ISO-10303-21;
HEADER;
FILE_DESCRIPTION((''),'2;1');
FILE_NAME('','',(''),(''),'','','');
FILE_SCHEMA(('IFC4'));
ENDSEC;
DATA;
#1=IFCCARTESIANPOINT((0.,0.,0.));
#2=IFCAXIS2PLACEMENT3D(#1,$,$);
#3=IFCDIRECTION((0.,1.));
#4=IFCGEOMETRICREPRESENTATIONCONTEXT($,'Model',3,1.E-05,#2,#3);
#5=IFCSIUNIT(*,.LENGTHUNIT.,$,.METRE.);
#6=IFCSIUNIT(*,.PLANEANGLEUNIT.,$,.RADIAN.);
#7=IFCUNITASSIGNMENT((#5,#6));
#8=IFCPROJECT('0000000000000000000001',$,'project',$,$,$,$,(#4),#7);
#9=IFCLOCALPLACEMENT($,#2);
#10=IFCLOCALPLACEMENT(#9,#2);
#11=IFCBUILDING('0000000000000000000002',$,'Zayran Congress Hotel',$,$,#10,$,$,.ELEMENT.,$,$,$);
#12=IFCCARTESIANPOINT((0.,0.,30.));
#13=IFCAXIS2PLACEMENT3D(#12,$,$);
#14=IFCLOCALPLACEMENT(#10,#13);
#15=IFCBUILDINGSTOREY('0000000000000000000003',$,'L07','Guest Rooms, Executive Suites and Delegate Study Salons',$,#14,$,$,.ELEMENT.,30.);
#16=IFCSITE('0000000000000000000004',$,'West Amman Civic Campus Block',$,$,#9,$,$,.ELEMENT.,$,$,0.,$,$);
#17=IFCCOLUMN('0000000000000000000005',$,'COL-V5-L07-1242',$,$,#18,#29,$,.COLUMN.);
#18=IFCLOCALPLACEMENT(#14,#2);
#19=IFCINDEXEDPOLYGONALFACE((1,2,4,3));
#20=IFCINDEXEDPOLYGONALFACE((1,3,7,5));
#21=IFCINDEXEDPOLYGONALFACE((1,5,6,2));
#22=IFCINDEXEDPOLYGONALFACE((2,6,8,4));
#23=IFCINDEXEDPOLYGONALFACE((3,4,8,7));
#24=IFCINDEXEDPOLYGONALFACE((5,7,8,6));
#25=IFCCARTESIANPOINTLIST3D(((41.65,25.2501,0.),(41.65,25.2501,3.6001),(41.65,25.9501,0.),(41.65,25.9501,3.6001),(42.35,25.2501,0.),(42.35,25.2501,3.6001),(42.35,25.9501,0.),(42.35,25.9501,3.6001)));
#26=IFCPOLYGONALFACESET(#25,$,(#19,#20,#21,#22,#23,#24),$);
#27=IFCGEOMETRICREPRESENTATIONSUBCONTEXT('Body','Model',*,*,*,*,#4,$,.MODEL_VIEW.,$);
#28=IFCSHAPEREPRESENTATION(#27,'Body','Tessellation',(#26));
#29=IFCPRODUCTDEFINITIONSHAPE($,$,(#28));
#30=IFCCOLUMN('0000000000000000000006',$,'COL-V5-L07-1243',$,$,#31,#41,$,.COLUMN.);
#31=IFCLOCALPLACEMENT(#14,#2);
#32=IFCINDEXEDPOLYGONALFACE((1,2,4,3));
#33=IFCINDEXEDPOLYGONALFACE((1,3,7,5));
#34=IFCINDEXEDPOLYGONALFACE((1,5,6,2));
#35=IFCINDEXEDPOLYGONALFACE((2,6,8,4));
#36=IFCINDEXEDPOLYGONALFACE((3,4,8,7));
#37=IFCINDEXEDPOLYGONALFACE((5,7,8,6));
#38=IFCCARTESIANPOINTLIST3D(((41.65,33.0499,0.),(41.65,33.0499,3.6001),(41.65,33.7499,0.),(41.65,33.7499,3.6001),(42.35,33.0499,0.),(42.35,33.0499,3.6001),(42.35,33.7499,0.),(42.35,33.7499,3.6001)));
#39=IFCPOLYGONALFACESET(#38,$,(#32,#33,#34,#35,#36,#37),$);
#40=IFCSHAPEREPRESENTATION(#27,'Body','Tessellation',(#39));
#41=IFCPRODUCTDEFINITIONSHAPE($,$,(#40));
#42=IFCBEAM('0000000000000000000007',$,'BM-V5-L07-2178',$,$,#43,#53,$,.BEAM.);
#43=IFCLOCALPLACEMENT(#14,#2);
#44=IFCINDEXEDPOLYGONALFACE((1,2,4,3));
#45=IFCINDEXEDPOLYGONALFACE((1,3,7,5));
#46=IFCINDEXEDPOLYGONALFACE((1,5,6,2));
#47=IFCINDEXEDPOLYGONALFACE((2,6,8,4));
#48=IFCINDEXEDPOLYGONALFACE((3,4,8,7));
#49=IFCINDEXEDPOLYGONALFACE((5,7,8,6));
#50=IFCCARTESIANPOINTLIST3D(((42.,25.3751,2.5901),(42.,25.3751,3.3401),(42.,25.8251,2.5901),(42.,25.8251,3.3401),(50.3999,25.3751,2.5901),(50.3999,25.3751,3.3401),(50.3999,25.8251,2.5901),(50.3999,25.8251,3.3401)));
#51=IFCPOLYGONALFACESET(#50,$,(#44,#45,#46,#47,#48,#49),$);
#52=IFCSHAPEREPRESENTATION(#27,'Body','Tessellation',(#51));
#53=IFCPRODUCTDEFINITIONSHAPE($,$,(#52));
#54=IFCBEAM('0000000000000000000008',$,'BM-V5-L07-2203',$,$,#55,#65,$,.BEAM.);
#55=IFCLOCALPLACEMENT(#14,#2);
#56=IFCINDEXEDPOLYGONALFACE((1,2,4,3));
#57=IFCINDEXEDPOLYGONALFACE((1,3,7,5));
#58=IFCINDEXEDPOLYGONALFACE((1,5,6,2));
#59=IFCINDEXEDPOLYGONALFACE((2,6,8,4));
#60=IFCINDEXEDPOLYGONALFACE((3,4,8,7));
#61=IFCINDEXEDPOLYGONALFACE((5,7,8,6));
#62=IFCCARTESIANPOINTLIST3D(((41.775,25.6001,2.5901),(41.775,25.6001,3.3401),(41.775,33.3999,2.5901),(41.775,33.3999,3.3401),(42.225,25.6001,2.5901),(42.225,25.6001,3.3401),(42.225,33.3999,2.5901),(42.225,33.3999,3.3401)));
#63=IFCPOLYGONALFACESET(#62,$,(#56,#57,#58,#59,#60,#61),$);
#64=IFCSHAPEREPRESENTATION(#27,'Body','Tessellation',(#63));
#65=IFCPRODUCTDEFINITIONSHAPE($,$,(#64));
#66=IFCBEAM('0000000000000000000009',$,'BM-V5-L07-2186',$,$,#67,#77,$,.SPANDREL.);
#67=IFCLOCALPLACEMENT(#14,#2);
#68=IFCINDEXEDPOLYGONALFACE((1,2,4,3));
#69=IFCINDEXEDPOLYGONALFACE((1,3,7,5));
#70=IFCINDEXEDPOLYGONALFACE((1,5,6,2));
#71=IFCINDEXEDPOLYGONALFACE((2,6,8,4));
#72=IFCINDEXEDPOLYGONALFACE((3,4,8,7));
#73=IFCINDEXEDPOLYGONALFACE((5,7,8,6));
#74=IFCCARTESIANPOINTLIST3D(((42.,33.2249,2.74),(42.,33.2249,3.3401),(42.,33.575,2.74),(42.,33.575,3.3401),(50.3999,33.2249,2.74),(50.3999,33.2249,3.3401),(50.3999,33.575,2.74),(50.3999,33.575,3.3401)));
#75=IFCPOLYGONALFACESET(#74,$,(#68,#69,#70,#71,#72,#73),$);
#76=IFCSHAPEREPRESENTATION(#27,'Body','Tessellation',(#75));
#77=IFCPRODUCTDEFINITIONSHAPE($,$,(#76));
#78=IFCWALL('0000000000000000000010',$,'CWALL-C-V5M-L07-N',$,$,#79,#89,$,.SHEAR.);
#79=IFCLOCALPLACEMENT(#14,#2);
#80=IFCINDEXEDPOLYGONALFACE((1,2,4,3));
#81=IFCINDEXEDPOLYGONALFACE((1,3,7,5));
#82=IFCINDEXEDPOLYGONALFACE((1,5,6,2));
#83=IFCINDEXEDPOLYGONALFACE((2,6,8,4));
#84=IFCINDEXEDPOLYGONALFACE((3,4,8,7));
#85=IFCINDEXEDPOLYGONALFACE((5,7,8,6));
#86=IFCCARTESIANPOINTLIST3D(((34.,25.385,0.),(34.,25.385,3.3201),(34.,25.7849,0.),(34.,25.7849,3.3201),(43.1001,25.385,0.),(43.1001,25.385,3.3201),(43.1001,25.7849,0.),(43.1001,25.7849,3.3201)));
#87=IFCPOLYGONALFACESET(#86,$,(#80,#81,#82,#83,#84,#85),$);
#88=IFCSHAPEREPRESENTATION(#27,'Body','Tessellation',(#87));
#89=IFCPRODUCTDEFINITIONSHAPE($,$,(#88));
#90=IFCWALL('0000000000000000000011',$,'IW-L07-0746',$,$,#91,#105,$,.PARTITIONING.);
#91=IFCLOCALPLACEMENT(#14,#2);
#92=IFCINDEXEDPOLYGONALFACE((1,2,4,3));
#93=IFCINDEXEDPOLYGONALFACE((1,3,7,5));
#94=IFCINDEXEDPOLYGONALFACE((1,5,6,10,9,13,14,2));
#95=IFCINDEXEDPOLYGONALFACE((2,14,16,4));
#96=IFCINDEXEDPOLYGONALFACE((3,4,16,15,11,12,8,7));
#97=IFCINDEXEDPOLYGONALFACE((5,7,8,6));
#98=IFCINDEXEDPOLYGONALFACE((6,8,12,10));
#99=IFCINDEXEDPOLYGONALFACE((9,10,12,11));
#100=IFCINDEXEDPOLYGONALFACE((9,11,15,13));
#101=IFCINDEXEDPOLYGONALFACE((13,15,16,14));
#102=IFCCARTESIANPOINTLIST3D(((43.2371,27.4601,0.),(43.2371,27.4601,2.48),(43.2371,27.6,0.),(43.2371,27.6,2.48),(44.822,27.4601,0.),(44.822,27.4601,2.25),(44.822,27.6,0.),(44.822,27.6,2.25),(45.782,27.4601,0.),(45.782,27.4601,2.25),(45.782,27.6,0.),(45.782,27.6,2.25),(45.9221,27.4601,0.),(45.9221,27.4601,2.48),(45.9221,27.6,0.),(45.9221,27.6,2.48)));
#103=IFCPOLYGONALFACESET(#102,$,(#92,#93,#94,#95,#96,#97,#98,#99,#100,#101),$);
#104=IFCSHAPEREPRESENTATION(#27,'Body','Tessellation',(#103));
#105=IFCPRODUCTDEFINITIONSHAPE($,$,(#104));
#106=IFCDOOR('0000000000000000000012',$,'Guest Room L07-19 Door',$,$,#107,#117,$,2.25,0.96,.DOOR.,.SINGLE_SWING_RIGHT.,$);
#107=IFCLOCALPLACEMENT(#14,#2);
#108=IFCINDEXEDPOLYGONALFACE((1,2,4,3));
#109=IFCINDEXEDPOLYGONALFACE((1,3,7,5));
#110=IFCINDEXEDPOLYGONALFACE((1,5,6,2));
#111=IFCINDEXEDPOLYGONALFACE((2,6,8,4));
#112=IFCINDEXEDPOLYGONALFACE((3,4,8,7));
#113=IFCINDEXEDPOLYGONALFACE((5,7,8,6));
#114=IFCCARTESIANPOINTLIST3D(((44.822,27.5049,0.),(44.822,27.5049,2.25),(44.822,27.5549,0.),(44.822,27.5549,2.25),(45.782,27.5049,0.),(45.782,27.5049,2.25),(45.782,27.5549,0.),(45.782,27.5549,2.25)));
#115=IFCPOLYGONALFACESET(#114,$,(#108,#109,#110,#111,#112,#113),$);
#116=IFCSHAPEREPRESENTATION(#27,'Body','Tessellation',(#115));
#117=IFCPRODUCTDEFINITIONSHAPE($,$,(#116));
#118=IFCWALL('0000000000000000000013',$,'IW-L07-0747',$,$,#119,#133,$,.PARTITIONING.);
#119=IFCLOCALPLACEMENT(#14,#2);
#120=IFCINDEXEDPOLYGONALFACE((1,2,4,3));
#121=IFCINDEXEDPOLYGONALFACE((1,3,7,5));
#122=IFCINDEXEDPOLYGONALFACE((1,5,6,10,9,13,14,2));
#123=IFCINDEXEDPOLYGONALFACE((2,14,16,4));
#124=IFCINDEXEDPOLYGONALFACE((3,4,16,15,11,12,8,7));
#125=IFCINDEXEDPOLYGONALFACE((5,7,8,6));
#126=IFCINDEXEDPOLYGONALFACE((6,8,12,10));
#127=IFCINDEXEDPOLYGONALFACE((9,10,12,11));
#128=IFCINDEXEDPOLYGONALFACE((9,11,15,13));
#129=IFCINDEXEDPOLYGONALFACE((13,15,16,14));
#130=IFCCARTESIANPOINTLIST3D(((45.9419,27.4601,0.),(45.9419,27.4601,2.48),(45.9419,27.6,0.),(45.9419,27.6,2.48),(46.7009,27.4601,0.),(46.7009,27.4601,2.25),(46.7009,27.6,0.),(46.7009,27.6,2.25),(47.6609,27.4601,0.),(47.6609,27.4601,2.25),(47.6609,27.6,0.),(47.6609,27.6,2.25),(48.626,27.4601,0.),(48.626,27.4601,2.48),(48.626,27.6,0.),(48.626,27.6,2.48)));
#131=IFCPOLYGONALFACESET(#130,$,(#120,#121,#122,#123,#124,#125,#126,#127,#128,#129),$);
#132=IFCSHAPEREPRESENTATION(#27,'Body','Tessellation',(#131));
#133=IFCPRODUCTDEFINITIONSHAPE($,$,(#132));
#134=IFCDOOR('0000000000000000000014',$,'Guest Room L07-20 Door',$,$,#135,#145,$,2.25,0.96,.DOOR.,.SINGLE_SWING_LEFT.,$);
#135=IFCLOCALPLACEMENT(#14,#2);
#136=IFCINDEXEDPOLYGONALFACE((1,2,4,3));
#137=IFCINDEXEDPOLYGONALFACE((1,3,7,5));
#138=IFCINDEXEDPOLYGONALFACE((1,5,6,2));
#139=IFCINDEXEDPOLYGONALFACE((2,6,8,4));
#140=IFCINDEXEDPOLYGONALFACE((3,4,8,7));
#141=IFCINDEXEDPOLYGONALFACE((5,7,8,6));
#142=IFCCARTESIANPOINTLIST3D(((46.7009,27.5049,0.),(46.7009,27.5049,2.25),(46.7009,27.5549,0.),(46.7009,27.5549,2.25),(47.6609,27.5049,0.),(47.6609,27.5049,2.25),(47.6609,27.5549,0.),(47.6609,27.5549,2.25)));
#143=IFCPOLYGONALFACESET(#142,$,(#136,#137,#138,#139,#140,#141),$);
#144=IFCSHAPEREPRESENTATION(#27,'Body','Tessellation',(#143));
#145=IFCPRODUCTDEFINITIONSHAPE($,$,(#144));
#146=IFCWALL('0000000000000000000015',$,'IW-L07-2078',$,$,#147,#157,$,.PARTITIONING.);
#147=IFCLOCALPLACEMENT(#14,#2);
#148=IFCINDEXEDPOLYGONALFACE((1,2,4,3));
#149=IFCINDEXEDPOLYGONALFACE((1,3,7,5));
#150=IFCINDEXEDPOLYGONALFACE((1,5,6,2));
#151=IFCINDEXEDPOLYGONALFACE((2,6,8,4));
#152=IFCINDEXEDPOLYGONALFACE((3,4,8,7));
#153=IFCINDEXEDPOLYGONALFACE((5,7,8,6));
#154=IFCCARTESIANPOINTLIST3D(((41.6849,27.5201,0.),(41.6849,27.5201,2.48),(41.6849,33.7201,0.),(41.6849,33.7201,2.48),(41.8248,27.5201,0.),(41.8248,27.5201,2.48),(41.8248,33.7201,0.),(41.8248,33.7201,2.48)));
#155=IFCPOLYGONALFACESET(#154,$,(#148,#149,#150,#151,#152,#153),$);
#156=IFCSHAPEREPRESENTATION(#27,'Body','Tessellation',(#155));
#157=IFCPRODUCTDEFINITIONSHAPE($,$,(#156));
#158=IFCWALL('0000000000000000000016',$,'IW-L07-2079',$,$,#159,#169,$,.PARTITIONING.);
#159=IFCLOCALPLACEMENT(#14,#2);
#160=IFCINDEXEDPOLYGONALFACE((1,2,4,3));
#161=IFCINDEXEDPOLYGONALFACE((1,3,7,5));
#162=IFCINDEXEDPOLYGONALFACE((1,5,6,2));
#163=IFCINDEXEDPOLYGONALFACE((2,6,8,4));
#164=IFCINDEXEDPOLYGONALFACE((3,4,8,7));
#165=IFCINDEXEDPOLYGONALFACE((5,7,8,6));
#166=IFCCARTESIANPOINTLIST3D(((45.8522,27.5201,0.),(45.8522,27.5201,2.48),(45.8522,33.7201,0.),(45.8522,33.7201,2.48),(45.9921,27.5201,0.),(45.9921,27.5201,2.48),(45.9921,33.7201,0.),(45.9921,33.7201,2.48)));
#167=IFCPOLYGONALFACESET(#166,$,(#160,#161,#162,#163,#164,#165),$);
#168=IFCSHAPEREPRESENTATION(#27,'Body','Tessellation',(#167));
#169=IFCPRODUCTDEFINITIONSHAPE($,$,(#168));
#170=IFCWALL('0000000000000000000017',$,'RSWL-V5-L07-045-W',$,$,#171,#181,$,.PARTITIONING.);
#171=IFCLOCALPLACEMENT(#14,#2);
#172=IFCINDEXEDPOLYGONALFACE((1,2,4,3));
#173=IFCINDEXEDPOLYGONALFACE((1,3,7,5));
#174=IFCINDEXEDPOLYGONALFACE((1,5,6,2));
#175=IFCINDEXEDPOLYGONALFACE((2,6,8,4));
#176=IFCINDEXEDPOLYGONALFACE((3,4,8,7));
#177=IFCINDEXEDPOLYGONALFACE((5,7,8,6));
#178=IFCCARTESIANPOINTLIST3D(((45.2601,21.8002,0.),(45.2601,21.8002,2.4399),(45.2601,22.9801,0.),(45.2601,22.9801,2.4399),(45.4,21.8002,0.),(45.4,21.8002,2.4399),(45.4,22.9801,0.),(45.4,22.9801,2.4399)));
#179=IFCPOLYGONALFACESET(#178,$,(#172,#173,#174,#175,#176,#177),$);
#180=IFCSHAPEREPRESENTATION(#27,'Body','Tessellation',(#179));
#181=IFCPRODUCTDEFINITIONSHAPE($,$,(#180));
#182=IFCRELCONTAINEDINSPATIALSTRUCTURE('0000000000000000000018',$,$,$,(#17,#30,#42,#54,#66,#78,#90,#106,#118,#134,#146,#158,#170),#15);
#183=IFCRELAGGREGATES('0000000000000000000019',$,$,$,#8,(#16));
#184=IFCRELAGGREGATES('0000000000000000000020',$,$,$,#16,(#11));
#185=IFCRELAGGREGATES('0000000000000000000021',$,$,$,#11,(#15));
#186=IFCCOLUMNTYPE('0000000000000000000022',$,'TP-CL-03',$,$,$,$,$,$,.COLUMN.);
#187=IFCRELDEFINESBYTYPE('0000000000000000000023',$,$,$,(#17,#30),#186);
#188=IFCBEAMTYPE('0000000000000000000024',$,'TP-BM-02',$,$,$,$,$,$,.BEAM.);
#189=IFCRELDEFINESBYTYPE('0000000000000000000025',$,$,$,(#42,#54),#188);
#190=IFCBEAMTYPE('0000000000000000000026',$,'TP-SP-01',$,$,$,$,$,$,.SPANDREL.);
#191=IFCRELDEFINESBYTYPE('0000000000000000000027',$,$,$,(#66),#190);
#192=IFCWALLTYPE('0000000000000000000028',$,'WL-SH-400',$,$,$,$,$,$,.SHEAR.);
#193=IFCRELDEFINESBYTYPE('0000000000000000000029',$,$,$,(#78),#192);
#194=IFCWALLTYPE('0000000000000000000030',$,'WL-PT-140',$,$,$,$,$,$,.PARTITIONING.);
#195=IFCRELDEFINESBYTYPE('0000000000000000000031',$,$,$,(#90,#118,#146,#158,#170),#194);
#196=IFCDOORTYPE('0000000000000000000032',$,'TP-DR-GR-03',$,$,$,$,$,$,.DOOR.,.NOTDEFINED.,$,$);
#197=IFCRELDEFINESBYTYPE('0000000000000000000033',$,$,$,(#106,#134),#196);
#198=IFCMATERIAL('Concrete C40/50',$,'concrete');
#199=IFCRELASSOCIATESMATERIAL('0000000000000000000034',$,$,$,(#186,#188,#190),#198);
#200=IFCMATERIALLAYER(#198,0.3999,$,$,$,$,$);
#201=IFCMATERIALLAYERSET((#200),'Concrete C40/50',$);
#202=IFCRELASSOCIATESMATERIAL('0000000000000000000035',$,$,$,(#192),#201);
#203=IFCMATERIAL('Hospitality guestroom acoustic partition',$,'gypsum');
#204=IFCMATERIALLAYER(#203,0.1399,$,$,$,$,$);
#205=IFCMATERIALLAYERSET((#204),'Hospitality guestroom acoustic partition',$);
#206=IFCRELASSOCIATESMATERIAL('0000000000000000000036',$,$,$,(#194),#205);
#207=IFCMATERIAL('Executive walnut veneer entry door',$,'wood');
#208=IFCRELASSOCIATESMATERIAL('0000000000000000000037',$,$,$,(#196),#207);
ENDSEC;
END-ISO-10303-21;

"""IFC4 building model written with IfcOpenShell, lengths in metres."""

from ifc_helpers import new_model, si_unit, direction, frame, frame_2d, origin, origin_2d, place, context, subcontext, project, spatial, rectangle, extrude, material, layer, layer_set, material_profile, profile_set, type_object, element, fill, save


model = new_model("IFC4")

# Units and contexts
model_context = context("Model", 3, precision=1e-05, world=origin(), true_north=direction((0.0, 1.0)))
body_context = subcontext(model_context, "Body", "Model", "MODEL_VIEW")
ifc_project = project(units=[si_unit("LENGTHUNIT", "METRE"), si_unit("PLANEANGLEUNIT", "RADIAN")], contexts=[model_context])

# Site, building, storey
site_placement = place(None, origin())
site = spatial("IfcSite", under=ifc_project, at=site_placement, Name="West Amman Civic Campus Block", CompositionType="ELEMENT", RefElevation=0.0)
building_placement = place(site_placement, origin())
building = spatial("IfcBuilding", under=site, at=building_placement, Name="Zayran Congress Hotel", CompositionType="ELEMENT")
storey_placement = place(building_placement, frame((0.0, 0.0, 30.0)))
storey = spatial("IfcBuildingStorey", under=building, at=storey_placement, Name="L07", Description="Guest Rooms, Executive Suites and Delegate Study Salons", CompositionType="ELEMENT", Elevation=30.0)

# Columns
ifc_material_1 = material(Name="Concrete C40/50", Category="concrete")
ifc_material_profile_1 = material_profile(ifc_material_1, rectangle(XDim=0.7, YDim=0.7, at=origin_2d()), Name="RC 700x700")
ifc_profile_set_1 = profile_set([ifc_material_profile_1], Name="Concrete C40/50")
column_type = type_object("IfcColumnType", Name="TP-CL-03", PredefinedType="COLUMN", material=ifc_profile_set_1)
for number, where, z_axis, x_axis, name in (
    (1, (42.0, 25.6001, 0.0), (0.0, 0.0, 1.0), (1.0, 0.0, 0.0), "COL-V5-L07-1242"),
    (2, (42.0, 33.3999, 0.0), (0.0, 0.0, 1.0), (1.0, 0.0, 0.0), "COL-V5-L07-1243"),
):
    element("IfcColumn", number, at=place(storey_placement, frame(where, z_axis=z_axis, x_axis=x_axis)), inside=storey, type_object=column_type, Name=name, PredefinedType="COLUMN", context=body_context, shape_type="SweptSolid", body=[
        extrude(rectangle(XDim=0.7, YDim=0.7, at=origin_2d()), origin(), (0.0, 0.0, 1.0), 3.6001),
    ])

# Beams
ifc_material_profile_2 = material_profile(ifc_material_1, rectangle(XDim=0.45, YDim=0.75, at=origin_2d()), Name="RC 450x750")
ifc_profile_set_2 = profile_set([ifc_material_profile_2], Name="Concrete C40/50")
beam_type_1 = type_object("IfcBeamType", Name="TP-BM-02", PredefinedType="BEAM", material=ifc_profile_set_2)
beam_1_placement = place(storey_placement, frame((42.0, 25.6001, 2.9651), z_axis=(1.0, 0.0, 0.0), x_axis=(0.0, 1.0, 0.0)))
element("IfcBeam", 3, at=beam_1_placement, inside=storey, type_object=beam_type_1, Name="BM-V5-L07-2178", PredefinedType="BEAM", context=body_context, shape_type="SweptSolid", body=[
    extrude(rectangle(XDim=0.45, YDim=0.75, at=origin_2d()), origin(), (0.0, 0.0, 1.0), 8.3999),
])
beam_2_placement = place(storey_placement, frame((42.0, 25.6001, 2.9651), z_axis=(0.0, 1.0, 0.0), x_axis=(-1.0, 0.0, 0.0)))
element("IfcBeam", 4, at=beam_2_placement, inside=storey, type_object=beam_type_1, Name="BM-V5-L07-2203", PredefinedType="BEAM", context=body_context, shape_type="SweptSolid", body=[
    extrude(rectangle(XDim=0.45, YDim=0.75, at=origin_2d()), origin(), (0.0, 0.0, 1.0), 7.7998),
])
ifc_material_profile_3 = material_profile(ifc_material_1, rectangle(XDim=0.3501, YDim=0.6001, at=origin_2d()), Name="RC 350x600")
ifc_profile_set_3 = profile_set([ifc_material_profile_3], Name="Concrete C40/50")
beam_type_2 = type_object("IfcBeamType", Name="TP-SP-01", PredefinedType="SPANDREL", material=ifc_profile_set_3)
beam_3_placement = place(storey_placement, frame((42.0, 33.3999, 3.04), z_axis=(1.0, 0.0, 0.0), x_axis=(0.0, 1.0, 0.0)))
element("IfcBeam", 5, at=beam_3_placement, inside=storey, type_object=beam_type_2, Name="BM-V5-L07-2186", PredefinedType="SPANDREL", context=body_context, shape_type="SweptSolid", body=[
    extrude(rectangle(XDim=0.3501, YDim=0.6001, at=origin_2d()), origin(), (0.0, 0.0, 1.0), 8.3999),
])

# Wall
ifc_layer_1 = layer(ifc_material_1, 0.3999)
ifc_layer_set_1 = layer_set([ifc_layer_1], Name="Concrete C40/50")
wall_type_1 = type_object("IfcWallType", Name="WL-SH-400", PredefinedType="SHEAR", material=ifc_layer_set_1)
wall_1_placement = place(storey_placement, frame((43.1001, 25.585, 0.0), z_axis=(0.0, 0.0, 1.0), x_axis=(-1.0, 0.0, 0.0)))
element("IfcWall", 6, at=wall_1_placement, inside=storey, type_object=wall_type_1, Name="CWALL-C-V5M-L07-N", PredefinedType="SHEAR", context=body_context, shape_type="SweptSolid", body=[
    extrude(rectangle(XDim=9.1001, YDim=0.3999, at=frame_2d((4.55, 0.0))), origin(), (0.0, 0.0, 1.0), 3.3201),
])

# Walls, openings, doors
ifc_material_2 = material(Name="Hospitality guestroom acoustic partition", Category="gypsum")
ifc_layer_2 = layer(ifc_material_2, 0.1399)
ifc_layer_set_2 = layer_set([ifc_layer_2], Name="Hospitality guestroom acoustic partition")
wall_type_2 = type_object("IfcWallType", Name="WL-PT-140", PredefinedType="PARTITIONING", material=ifc_layer_set_2)
wall_2_placement = place(storey_placement, frame((43.2371, 27.53, 0.0), z_axis=(0.0, 0.0, 1.0), x_axis=(1.0, 0.0, 0.0)))
wall_2 = element("IfcWall", 7, at=wall_2_placement, inside=storey, type_object=wall_type_2, Name="IW-L07-0746", PredefinedType="PARTITIONING", context=body_context, shape_type="SweptSolid", body=[
    extrude(rectangle(XDim=2.6851, YDim=0.1399, at=frame_2d((1.3425, 0.0))), origin(), (0.0, 0.0, 1.0), 2.48),
])
opening_1_placement = place(wall_2_placement, frame((1.585, 0.0, 0.0)))
opening_1 = element("IfcOpeningElement", 8, at=opening_1_placement, cuts=wall_2, PredefinedType="OPENING", context=body_context, shape_type="SweptSolid", body=[
    extrude(rectangle(XDim=0.96, YDim=2.25, at=frame_2d((0.48, 1.125))), frame((0.0, 0.0798, 0.0), z_axis=(0.0, -1.0, 0.0), x_axis=(1.0, 0.0, 0.0)), (0.0, 0.0, 1.0), 0.1599),
])
ifc_material_3 = material(Name="Executive walnut veneer entry door", Category="wood")
door_type_1 = type_object("IfcDoorType", Name="TP-DR-GR-03", OperationType="NOTDEFINED", PredefinedType="DOOR", material=ifc_material_3)
door_1_placement = place(opening_1_placement, origin())
door_1 = element("IfcDoor", 9, at=door_1_placement, inside=storey, type_object=door_type_1, Name="Guest Room L07-19 Door", OperationType="SINGLE_SWING_RIGHT", OverallHeight=2.25, OverallWidth=0.96, PredefinedType="DOOR", context=body_context, shape_type="SweptSolid", body=[
    extrude(rectangle(XDim=0.96, YDim=2.25, at=frame_2d((0.48, 1.125))), frame((0.0, 0.0249, 0.0), z_axis=(0.0, -1.0, 0.0), x_axis=(1.0, 0.0, 0.0)), (0.0, 0.0, 1.0), 0.05),
])
fill(opening_1, door_1)
wall_3_placement = place(storey_placement, frame((45.9419, 27.53, 0.0), z_axis=(0.0, 0.0, 1.0), x_axis=(1.0, 0.0, 0.0)))
wall_3 = element("IfcWall", 10, at=wall_3_placement, inside=storey, type_object=wall_type_2, Name="IW-L07-0747", PredefinedType="PARTITIONING", context=body_context, shape_type="SweptSolid", body=[
    extrude(rectangle(XDim=2.6841, YDim=0.1399, at=frame_2d((1.342, 0.0))), origin(), (0.0, 0.0, 1.0), 2.48),
])
opening_2_placement = place(wall_3_placement, frame((0.759, 0.0, 0.0)))
opening_2 = element("IfcOpeningElement", 11, at=opening_2_placement, cuts=wall_3, PredefinedType="OPENING", context=body_context, shape_type="SweptSolid", body=[
    extrude(rectangle(XDim=0.96, YDim=2.25, at=frame_2d((0.48, 1.125))), frame((0.0, 0.0798, 0.0), z_axis=(0.0, -1.0, 0.0), x_axis=(1.0, 0.0, 0.0)), (0.0, 0.0, 1.0), 0.1599),
])
door_2_placement = place(opening_2_placement, origin())
door_2 = element("IfcDoor", 12, at=door_2_placement, inside=storey, type_object=door_type_1, Name="Guest Room L07-20 Door", OperationType="SINGLE_SWING_LEFT", OverallHeight=2.25, OverallWidth=0.96, PredefinedType="DOOR", context=body_context, shape_type="SweptSolid", body=[
    extrude(rectangle(XDim=0.96, YDim=2.25, at=frame_2d((0.48, 1.125))), frame((0.0, 0.0249, 0.0), z_axis=(0.0, -1.0, 0.0), x_axis=(1.0, 0.0, 0.0)), (0.0, 0.0, 1.0), 0.05),
])
fill(opening_2, door_2)

# Walls
for number, where, z_axis, x_axis, name in (
    (13, (41.7549, 27.52, 0.0), (0.0, 0.0, 1.0), (0.0, 1.0, 0.0), "IW-L07-2078"),
    (14, (45.9221, 27.52, 0.0), (0.0, 0.0, 1.0), (0.0, 1.0, 0.0), "IW-L07-2079"),
):
    element("IfcWall", number, at=place(storey_placement, frame(where, z_axis=z_axis, x_axis=x_axis)), inside=storey, type_object=wall_type_2, Name=name, PredefinedType="PARTITIONING", context=body_context, shape_type="SweptSolid", body=[
        extrude(rectangle(XDim=6.2, YDim=0.1399, at=frame_2d((3.1001, 0.0))), origin(), (0.0, 0.0, 1.0), 2.48),
    ])
wall_4_placement = place(storey_placement, frame((45.3301, 22.98, 0.0), z_axis=(0.0, 0.0, 1.0), x_axis=(0.0, -1.0, 0.0)))
element("IfcWall", 15, at=wall_4_placement, inside=storey, type_object=wall_type_2, Name="RSWL-V5-L07-045-W", PredefinedType="PARTITIONING", context=body_context, shape_type="SweptSolid", body=[
    extrude(rectangle(XDim=1.1799, YDim=0.1399, at=frame_2d((0.5898, 0.0))), origin(), (0.0, 0.0, 1.0), 2.4399),
])

save(model, "model.ifc")
